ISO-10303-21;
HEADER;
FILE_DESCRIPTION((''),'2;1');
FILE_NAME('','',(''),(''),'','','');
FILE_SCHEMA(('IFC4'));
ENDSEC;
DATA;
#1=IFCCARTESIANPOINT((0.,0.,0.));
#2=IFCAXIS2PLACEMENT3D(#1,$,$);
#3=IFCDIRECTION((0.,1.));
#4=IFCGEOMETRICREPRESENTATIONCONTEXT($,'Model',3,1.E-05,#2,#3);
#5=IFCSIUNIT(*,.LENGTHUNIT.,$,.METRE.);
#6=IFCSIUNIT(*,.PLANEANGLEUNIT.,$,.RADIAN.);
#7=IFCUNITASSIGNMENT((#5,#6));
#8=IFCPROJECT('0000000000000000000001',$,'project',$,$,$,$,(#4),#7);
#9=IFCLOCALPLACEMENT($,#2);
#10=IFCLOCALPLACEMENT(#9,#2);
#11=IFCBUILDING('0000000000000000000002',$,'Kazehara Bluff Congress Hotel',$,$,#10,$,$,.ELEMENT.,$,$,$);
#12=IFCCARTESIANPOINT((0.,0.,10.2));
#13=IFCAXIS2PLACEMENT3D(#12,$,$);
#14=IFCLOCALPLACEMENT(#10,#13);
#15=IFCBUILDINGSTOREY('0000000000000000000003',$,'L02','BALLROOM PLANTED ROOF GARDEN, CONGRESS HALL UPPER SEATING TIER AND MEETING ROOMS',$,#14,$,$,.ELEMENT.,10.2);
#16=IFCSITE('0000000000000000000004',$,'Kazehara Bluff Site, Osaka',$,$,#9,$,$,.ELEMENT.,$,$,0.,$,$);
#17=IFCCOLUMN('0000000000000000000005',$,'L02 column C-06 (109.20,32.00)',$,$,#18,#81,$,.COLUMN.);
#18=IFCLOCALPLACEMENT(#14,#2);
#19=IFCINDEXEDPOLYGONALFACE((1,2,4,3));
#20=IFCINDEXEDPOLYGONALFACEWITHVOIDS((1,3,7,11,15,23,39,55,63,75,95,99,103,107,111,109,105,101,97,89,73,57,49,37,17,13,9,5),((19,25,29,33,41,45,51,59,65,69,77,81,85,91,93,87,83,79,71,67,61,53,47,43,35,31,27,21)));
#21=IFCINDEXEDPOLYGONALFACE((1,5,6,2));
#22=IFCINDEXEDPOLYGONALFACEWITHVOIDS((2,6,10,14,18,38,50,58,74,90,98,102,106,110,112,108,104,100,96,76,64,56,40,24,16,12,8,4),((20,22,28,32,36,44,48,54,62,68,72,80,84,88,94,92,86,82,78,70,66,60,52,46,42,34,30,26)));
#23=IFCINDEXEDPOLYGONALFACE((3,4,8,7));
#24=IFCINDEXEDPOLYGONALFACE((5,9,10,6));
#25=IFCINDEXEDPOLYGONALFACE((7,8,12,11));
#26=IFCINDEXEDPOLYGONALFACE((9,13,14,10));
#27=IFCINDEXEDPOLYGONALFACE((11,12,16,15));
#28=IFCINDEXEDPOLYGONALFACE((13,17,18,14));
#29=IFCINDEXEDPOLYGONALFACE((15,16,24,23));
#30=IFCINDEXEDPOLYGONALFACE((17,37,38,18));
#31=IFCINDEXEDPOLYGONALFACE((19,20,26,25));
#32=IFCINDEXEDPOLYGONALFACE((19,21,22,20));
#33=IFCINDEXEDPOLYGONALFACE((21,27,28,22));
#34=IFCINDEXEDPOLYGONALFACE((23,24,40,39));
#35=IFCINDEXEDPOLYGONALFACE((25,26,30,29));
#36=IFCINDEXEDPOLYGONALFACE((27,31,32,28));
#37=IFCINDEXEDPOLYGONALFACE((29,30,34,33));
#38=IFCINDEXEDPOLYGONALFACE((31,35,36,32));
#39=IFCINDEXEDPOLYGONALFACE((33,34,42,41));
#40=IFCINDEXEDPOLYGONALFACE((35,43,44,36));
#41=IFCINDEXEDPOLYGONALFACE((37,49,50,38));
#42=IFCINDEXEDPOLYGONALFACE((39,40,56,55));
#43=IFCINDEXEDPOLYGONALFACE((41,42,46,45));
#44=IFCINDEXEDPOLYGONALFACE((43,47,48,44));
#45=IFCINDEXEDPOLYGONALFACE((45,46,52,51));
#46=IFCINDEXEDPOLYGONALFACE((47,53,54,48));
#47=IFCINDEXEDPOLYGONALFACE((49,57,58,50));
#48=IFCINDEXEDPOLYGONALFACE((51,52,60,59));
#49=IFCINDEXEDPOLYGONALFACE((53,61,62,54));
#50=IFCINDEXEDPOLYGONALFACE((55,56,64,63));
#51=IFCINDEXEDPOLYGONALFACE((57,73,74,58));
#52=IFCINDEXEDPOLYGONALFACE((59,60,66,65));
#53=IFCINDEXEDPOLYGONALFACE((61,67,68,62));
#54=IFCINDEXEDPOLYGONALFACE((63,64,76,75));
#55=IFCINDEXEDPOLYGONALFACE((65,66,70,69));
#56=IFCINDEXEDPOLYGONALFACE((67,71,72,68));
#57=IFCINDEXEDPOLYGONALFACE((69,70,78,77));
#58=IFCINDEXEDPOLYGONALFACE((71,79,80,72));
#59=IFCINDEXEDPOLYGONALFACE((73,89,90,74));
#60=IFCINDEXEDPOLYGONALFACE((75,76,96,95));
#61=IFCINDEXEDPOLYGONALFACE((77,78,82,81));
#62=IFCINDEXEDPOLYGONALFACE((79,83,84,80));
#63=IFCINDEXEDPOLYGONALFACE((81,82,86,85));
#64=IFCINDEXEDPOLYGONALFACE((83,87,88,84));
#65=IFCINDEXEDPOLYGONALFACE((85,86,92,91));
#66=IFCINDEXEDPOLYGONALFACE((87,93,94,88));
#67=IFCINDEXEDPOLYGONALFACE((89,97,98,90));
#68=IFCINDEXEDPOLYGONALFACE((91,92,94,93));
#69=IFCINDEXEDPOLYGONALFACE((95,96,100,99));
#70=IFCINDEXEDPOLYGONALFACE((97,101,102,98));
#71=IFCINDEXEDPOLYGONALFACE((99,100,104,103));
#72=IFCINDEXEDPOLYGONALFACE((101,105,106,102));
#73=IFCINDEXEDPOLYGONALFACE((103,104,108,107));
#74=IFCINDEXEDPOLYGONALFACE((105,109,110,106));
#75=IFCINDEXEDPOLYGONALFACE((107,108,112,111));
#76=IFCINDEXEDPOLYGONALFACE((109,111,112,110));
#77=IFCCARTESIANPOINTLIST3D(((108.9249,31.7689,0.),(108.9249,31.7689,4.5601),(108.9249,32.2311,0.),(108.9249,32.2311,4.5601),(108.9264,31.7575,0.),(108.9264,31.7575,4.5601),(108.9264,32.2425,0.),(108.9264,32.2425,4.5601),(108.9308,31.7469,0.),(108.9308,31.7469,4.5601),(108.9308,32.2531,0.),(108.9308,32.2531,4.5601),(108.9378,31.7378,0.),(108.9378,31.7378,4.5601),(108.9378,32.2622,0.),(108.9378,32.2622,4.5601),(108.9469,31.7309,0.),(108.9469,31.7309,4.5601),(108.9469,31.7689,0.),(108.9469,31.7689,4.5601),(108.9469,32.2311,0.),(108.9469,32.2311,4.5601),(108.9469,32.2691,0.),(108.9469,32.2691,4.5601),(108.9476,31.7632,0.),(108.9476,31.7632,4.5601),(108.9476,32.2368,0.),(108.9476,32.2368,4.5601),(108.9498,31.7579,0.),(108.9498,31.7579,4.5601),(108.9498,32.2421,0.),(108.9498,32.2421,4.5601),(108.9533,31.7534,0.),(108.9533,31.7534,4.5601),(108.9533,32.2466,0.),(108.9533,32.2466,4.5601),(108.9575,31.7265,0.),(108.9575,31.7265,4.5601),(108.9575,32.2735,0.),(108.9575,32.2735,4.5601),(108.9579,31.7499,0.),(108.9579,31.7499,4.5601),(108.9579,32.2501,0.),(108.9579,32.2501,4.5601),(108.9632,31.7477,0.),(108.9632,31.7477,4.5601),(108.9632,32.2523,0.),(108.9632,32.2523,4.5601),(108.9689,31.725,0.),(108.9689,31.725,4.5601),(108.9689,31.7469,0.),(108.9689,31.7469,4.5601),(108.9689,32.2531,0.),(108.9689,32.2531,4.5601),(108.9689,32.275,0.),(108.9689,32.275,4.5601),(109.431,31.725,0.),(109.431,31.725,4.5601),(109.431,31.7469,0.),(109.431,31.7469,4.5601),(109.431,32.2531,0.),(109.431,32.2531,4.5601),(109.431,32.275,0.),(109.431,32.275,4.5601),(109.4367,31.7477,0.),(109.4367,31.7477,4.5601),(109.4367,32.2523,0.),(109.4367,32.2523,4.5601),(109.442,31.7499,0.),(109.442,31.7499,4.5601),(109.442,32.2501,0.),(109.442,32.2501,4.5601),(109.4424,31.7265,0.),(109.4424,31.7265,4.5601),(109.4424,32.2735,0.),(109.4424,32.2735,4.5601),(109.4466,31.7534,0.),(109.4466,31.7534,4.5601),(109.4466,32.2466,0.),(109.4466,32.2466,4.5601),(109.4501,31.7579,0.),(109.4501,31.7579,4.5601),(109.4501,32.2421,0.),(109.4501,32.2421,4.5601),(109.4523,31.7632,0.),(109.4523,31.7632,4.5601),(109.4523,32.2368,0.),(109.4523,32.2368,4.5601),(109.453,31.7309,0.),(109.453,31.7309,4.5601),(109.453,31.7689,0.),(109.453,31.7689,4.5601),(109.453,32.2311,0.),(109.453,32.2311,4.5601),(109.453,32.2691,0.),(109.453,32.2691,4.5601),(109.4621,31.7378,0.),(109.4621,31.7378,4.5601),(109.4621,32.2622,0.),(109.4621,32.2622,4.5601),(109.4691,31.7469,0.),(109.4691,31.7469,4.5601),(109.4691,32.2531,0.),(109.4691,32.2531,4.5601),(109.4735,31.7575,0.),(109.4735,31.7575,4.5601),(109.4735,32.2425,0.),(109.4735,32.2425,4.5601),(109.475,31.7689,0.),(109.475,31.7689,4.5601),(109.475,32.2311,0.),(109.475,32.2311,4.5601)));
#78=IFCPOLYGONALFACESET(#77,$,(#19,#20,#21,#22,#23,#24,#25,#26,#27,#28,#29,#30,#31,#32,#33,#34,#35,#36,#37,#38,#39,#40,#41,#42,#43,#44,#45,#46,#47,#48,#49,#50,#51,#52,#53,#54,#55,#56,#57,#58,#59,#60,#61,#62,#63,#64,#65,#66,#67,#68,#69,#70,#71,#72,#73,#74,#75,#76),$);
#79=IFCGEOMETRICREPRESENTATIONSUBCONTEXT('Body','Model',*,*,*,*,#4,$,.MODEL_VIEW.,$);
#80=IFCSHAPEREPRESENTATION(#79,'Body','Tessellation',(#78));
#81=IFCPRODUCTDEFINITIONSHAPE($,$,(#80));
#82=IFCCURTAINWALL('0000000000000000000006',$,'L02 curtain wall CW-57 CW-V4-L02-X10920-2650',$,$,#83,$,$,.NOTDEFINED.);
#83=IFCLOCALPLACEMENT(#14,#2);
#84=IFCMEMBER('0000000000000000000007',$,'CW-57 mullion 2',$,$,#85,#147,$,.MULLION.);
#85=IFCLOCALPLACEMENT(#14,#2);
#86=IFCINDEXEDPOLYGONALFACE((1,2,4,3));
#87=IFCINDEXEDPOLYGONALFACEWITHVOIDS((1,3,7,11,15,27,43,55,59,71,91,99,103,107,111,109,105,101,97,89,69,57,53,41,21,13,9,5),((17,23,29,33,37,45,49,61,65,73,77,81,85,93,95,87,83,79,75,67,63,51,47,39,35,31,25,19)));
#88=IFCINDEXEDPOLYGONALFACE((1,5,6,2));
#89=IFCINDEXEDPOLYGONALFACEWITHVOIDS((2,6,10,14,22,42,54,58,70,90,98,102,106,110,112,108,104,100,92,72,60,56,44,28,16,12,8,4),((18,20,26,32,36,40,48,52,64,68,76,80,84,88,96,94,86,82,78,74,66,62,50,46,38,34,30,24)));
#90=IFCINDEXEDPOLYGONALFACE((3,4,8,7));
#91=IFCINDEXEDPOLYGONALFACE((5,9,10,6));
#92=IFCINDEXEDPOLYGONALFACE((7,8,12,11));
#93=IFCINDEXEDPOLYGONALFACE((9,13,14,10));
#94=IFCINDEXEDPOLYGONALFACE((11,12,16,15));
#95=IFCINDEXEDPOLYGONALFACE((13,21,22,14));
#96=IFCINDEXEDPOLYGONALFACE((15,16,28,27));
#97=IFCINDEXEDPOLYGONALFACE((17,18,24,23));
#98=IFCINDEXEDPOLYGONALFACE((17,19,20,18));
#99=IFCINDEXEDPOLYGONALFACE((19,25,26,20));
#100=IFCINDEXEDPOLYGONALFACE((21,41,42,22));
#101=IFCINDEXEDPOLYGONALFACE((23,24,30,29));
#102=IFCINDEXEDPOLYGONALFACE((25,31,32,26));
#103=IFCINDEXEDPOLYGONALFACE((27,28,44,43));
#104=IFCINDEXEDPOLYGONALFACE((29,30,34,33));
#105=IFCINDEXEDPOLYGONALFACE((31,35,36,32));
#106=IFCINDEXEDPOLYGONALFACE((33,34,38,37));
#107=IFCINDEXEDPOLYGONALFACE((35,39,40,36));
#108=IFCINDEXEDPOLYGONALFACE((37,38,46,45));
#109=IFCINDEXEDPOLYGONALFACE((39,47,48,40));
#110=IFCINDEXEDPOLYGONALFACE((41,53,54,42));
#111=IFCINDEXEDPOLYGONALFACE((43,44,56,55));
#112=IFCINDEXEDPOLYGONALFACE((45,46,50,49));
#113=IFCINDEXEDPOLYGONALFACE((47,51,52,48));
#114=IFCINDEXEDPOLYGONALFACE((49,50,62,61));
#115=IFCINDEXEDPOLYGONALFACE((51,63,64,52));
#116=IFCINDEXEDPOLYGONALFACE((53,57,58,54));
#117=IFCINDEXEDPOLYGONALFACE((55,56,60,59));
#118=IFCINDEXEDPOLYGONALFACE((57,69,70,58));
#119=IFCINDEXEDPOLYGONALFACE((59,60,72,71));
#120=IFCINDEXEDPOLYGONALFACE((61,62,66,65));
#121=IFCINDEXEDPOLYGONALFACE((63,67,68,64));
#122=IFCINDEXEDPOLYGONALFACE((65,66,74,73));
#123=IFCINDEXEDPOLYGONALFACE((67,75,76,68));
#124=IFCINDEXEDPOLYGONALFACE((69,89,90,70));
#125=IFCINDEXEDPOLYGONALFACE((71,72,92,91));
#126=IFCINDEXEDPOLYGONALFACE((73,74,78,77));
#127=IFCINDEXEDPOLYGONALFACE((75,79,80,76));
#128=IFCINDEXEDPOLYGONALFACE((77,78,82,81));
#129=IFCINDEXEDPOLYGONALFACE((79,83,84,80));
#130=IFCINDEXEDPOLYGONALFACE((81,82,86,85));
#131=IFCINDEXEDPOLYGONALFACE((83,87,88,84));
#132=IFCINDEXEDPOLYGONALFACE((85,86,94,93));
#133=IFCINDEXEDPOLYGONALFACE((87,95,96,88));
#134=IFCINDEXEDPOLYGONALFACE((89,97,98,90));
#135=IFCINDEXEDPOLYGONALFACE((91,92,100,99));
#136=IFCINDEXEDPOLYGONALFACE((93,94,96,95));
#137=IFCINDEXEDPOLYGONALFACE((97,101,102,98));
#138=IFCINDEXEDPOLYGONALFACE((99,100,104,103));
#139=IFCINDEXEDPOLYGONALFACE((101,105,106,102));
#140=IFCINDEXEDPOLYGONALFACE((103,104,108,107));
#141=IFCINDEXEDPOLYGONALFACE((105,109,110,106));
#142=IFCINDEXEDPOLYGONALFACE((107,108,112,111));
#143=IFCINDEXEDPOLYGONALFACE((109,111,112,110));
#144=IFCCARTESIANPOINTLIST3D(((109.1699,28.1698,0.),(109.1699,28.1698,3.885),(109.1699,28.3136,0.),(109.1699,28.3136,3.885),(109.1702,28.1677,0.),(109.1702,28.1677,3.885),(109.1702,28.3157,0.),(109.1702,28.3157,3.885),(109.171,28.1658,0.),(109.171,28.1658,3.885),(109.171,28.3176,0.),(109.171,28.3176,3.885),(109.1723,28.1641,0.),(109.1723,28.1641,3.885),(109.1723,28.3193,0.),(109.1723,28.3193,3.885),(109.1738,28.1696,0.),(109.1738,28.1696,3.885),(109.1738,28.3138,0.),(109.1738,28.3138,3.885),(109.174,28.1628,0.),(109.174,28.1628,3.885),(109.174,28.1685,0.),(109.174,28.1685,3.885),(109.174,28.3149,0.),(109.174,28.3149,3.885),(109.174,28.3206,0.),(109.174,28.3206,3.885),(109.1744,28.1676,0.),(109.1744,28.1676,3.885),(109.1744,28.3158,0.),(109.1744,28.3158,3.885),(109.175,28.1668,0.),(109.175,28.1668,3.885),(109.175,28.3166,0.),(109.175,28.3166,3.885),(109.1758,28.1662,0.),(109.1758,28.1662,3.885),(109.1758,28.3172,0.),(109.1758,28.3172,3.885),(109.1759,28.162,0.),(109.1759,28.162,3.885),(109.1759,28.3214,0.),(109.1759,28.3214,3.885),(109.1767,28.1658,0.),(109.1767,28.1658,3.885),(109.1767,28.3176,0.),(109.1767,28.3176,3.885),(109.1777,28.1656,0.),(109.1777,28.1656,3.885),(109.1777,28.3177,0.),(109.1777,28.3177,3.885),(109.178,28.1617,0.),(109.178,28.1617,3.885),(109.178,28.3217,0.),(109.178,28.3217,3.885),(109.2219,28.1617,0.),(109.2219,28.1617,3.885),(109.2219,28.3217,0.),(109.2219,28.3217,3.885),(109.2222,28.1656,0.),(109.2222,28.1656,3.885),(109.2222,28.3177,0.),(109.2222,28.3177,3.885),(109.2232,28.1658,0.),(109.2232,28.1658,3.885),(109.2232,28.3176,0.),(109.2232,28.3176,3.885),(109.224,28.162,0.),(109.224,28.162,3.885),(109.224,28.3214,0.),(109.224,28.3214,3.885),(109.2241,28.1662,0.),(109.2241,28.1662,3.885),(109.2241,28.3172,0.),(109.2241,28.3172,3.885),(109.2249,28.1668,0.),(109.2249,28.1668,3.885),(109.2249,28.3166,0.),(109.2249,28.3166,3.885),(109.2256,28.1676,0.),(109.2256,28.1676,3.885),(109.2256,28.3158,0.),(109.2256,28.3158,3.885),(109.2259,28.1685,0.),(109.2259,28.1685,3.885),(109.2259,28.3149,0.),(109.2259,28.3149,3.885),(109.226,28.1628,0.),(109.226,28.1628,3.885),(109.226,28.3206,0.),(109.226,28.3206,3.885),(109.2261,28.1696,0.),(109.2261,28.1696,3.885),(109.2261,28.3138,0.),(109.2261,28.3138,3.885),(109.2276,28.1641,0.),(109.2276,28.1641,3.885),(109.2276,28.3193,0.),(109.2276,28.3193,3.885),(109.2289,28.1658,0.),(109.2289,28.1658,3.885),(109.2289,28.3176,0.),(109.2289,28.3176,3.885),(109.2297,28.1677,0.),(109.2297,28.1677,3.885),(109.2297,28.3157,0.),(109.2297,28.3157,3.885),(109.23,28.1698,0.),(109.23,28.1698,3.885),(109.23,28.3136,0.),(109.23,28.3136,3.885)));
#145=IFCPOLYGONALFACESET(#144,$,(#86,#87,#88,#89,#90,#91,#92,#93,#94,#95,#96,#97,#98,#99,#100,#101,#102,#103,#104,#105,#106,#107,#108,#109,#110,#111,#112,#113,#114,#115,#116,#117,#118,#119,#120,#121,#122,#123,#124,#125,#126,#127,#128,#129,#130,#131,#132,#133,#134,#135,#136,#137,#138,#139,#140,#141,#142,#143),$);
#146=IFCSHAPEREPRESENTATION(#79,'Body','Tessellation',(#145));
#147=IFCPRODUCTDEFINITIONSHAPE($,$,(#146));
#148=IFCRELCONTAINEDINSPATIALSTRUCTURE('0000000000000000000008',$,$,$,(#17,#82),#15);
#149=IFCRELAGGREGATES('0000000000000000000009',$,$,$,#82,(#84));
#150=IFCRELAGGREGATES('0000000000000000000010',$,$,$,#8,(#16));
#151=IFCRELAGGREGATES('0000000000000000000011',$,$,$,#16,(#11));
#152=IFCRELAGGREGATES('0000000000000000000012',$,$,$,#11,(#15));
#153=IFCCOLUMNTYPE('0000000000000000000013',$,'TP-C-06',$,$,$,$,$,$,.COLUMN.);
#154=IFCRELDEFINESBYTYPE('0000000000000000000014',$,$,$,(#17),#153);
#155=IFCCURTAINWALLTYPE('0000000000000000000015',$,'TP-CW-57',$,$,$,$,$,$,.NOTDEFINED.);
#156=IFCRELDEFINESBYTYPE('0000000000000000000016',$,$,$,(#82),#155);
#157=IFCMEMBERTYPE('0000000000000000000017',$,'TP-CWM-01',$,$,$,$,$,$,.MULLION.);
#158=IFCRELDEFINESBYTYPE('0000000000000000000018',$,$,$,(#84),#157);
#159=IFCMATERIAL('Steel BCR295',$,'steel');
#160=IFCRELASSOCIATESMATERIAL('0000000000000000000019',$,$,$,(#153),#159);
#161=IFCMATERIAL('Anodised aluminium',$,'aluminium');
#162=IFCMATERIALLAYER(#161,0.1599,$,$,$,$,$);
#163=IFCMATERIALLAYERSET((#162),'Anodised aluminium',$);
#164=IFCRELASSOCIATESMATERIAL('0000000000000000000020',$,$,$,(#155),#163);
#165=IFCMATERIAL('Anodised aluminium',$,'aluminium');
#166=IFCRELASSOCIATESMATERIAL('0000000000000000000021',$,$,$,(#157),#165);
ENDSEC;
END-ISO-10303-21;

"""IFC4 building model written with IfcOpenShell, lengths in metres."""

from ifc_helpers import new_model, si_unit, direction, frame, origin, origin_2d, place, context, subcontext, project, spatial, hollow_rectangle, extrude, material, layer, layer_set, material_profile, profile_set, type_object, element, aggregate, save


model = new_model("IFC4")

# Units and contexts
model_context = context("Model", 3, precision=1e-05, world=origin(), true_north=direction((0.0, 1.0)))
body_context = subcontext(model_context, "Body", "Model", "MODEL_VIEW")
ifc_project = project(units=[si_unit("LENGTHUNIT", "METRE"), si_unit("PLANEANGLEUNIT", "RADIAN")], contexts=[model_context])

# Site, building, storey
site_placement = place(None, origin())
site = spatial("IfcSite", under=ifc_project, at=site_placement, Name="Kazehara Bluff Site, Osaka", CompositionType="ELEMENT", RefElevation=0.0)
building_placement = place(site_placement, origin())
building = spatial("IfcBuilding", under=site, at=building_placement, Name="Kazehara Bluff Congress Hotel", CompositionType="ELEMENT")
storey_placement = place(building_placement, frame((0.0, 0.0, 10.2)))
storey = spatial("IfcBuildingStorey", under=building, at=storey_placement, Name="L02", Description="BALLROOM PLANTED ROOF GARDEN, CONGRESS HALL UPPER SEATING TIER AND MEETING ROOMS", CompositionType="ELEMENT", Elevation=10.2)

# Column
ifc_material_1 = material(Name="Steel BCR295", Category="steel")
ifc_material_profile_1 = material_profile(ifc_material_1, hollow_rectangle(XDim=0.55, YDim=0.55, WallThickness=0.022, InnerFilletRadius=0.022, OuterFilletRadius=0.0439, at=origin_2d()))
ifc_profile_set_1 = profile_set([ifc_material_profile_1], Name="Steel BCR295")
column_type = type_object("IfcColumnType", Name="TP-C-06", PredefinedType="COLUMN", material=ifc_profile_set_1)
column_placement = place(storey_placement, frame((109.2, 32.0, 0.0), z_axis=(0.0, 0.0, 1.0), x_axis=(1.0, 0.0, 0.0)))
element("IfcColumn", 1, at=column_placement, inside=storey, type_object=column_type, Name="L02 column C-06 (109.20,32.00)", PredefinedType="COLUMN", context=body_context, shape_type="SweptSolid", body=[
    extrude(hollow_rectangle(XDim=0.55, YDim=0.55, WallThickness=0.022, InnerFilletRadius=0.022, OuterFilletRadius=0.0439, at=origin_2d()), origin(), (0.0, 0.0, 1.0), 4.5601),
])

# Curtain wall, member
ifc_material_2 = material(Name="Anodised aluminium", Category="aluminium")
ifc_layer_1 = layer(ifc_material_2, 0.1599)
ifc_layer_set_1 = layer_set([ifc_layer_1], Name="Anodised aluminium")
curtain_wall_type = type_object("IfcCurtainWallType", Name="TP-CW-57", PredefinedType="NOTDEFINED", material=ifc_layer_set_1)
curtain_wall_placement = place(storey_placement, origin())
curtain_wall = element("IfcCurtainWall", 2, at=curtain_wall_placement, inside=storey, type_object=curtain_wall_type, Name="L02 curtain wall CW-57 CW-V4-L02-X10920-2650", PredefinedType="NOTDEFINED")
ifc_material_3 = material(Name="Anodised aluminium", Category="aluminium")
ifc_material_profile_2 = material_profile(ifc_material_3, hollow_rectangle(XDim=0.0601, YDim=0.1599, WallThickness=0.0039, InnerFilletRadius=0.0039, OuterFilletRadius=0.0081, at=origin_2d()))
ifc_profile_set_2 = profile_set([ifc_material_profile_2], Name="Anodised aluminium")
member_type_1 = type_object("IfcMemberType", Name="TP-CWM-01", PredefinedType="MULLION", material=ifc_profile_set_2)
member_1_placement = place(storey_placement, frame((109.2, 28.2417, 0.0), z_axis=(0.0, 0.0, 1.0), x_axis=(-1.0, 0.0, 0.0)))
member_1 = element("IfcMember", 3, at=member_1_placement, type_object=member_type_1, Name="CW-57 mullion 2", PredefinedType="MULLION", context=body_context, shape_type="SweptSolid", body=[
    extrude(hollow_rectangle(XDim=0.0601, YDim=0.1599, WallThickness=0.0039, InnerFilletRadius=0.0039, OuterFilletRadius=0.0081, at=origin_2d()), origin(), (0.0, 0.0, 1.0), 3.885),
])

aggregate(curtain_wall, [member_1])

save(model, "model.ifc")
